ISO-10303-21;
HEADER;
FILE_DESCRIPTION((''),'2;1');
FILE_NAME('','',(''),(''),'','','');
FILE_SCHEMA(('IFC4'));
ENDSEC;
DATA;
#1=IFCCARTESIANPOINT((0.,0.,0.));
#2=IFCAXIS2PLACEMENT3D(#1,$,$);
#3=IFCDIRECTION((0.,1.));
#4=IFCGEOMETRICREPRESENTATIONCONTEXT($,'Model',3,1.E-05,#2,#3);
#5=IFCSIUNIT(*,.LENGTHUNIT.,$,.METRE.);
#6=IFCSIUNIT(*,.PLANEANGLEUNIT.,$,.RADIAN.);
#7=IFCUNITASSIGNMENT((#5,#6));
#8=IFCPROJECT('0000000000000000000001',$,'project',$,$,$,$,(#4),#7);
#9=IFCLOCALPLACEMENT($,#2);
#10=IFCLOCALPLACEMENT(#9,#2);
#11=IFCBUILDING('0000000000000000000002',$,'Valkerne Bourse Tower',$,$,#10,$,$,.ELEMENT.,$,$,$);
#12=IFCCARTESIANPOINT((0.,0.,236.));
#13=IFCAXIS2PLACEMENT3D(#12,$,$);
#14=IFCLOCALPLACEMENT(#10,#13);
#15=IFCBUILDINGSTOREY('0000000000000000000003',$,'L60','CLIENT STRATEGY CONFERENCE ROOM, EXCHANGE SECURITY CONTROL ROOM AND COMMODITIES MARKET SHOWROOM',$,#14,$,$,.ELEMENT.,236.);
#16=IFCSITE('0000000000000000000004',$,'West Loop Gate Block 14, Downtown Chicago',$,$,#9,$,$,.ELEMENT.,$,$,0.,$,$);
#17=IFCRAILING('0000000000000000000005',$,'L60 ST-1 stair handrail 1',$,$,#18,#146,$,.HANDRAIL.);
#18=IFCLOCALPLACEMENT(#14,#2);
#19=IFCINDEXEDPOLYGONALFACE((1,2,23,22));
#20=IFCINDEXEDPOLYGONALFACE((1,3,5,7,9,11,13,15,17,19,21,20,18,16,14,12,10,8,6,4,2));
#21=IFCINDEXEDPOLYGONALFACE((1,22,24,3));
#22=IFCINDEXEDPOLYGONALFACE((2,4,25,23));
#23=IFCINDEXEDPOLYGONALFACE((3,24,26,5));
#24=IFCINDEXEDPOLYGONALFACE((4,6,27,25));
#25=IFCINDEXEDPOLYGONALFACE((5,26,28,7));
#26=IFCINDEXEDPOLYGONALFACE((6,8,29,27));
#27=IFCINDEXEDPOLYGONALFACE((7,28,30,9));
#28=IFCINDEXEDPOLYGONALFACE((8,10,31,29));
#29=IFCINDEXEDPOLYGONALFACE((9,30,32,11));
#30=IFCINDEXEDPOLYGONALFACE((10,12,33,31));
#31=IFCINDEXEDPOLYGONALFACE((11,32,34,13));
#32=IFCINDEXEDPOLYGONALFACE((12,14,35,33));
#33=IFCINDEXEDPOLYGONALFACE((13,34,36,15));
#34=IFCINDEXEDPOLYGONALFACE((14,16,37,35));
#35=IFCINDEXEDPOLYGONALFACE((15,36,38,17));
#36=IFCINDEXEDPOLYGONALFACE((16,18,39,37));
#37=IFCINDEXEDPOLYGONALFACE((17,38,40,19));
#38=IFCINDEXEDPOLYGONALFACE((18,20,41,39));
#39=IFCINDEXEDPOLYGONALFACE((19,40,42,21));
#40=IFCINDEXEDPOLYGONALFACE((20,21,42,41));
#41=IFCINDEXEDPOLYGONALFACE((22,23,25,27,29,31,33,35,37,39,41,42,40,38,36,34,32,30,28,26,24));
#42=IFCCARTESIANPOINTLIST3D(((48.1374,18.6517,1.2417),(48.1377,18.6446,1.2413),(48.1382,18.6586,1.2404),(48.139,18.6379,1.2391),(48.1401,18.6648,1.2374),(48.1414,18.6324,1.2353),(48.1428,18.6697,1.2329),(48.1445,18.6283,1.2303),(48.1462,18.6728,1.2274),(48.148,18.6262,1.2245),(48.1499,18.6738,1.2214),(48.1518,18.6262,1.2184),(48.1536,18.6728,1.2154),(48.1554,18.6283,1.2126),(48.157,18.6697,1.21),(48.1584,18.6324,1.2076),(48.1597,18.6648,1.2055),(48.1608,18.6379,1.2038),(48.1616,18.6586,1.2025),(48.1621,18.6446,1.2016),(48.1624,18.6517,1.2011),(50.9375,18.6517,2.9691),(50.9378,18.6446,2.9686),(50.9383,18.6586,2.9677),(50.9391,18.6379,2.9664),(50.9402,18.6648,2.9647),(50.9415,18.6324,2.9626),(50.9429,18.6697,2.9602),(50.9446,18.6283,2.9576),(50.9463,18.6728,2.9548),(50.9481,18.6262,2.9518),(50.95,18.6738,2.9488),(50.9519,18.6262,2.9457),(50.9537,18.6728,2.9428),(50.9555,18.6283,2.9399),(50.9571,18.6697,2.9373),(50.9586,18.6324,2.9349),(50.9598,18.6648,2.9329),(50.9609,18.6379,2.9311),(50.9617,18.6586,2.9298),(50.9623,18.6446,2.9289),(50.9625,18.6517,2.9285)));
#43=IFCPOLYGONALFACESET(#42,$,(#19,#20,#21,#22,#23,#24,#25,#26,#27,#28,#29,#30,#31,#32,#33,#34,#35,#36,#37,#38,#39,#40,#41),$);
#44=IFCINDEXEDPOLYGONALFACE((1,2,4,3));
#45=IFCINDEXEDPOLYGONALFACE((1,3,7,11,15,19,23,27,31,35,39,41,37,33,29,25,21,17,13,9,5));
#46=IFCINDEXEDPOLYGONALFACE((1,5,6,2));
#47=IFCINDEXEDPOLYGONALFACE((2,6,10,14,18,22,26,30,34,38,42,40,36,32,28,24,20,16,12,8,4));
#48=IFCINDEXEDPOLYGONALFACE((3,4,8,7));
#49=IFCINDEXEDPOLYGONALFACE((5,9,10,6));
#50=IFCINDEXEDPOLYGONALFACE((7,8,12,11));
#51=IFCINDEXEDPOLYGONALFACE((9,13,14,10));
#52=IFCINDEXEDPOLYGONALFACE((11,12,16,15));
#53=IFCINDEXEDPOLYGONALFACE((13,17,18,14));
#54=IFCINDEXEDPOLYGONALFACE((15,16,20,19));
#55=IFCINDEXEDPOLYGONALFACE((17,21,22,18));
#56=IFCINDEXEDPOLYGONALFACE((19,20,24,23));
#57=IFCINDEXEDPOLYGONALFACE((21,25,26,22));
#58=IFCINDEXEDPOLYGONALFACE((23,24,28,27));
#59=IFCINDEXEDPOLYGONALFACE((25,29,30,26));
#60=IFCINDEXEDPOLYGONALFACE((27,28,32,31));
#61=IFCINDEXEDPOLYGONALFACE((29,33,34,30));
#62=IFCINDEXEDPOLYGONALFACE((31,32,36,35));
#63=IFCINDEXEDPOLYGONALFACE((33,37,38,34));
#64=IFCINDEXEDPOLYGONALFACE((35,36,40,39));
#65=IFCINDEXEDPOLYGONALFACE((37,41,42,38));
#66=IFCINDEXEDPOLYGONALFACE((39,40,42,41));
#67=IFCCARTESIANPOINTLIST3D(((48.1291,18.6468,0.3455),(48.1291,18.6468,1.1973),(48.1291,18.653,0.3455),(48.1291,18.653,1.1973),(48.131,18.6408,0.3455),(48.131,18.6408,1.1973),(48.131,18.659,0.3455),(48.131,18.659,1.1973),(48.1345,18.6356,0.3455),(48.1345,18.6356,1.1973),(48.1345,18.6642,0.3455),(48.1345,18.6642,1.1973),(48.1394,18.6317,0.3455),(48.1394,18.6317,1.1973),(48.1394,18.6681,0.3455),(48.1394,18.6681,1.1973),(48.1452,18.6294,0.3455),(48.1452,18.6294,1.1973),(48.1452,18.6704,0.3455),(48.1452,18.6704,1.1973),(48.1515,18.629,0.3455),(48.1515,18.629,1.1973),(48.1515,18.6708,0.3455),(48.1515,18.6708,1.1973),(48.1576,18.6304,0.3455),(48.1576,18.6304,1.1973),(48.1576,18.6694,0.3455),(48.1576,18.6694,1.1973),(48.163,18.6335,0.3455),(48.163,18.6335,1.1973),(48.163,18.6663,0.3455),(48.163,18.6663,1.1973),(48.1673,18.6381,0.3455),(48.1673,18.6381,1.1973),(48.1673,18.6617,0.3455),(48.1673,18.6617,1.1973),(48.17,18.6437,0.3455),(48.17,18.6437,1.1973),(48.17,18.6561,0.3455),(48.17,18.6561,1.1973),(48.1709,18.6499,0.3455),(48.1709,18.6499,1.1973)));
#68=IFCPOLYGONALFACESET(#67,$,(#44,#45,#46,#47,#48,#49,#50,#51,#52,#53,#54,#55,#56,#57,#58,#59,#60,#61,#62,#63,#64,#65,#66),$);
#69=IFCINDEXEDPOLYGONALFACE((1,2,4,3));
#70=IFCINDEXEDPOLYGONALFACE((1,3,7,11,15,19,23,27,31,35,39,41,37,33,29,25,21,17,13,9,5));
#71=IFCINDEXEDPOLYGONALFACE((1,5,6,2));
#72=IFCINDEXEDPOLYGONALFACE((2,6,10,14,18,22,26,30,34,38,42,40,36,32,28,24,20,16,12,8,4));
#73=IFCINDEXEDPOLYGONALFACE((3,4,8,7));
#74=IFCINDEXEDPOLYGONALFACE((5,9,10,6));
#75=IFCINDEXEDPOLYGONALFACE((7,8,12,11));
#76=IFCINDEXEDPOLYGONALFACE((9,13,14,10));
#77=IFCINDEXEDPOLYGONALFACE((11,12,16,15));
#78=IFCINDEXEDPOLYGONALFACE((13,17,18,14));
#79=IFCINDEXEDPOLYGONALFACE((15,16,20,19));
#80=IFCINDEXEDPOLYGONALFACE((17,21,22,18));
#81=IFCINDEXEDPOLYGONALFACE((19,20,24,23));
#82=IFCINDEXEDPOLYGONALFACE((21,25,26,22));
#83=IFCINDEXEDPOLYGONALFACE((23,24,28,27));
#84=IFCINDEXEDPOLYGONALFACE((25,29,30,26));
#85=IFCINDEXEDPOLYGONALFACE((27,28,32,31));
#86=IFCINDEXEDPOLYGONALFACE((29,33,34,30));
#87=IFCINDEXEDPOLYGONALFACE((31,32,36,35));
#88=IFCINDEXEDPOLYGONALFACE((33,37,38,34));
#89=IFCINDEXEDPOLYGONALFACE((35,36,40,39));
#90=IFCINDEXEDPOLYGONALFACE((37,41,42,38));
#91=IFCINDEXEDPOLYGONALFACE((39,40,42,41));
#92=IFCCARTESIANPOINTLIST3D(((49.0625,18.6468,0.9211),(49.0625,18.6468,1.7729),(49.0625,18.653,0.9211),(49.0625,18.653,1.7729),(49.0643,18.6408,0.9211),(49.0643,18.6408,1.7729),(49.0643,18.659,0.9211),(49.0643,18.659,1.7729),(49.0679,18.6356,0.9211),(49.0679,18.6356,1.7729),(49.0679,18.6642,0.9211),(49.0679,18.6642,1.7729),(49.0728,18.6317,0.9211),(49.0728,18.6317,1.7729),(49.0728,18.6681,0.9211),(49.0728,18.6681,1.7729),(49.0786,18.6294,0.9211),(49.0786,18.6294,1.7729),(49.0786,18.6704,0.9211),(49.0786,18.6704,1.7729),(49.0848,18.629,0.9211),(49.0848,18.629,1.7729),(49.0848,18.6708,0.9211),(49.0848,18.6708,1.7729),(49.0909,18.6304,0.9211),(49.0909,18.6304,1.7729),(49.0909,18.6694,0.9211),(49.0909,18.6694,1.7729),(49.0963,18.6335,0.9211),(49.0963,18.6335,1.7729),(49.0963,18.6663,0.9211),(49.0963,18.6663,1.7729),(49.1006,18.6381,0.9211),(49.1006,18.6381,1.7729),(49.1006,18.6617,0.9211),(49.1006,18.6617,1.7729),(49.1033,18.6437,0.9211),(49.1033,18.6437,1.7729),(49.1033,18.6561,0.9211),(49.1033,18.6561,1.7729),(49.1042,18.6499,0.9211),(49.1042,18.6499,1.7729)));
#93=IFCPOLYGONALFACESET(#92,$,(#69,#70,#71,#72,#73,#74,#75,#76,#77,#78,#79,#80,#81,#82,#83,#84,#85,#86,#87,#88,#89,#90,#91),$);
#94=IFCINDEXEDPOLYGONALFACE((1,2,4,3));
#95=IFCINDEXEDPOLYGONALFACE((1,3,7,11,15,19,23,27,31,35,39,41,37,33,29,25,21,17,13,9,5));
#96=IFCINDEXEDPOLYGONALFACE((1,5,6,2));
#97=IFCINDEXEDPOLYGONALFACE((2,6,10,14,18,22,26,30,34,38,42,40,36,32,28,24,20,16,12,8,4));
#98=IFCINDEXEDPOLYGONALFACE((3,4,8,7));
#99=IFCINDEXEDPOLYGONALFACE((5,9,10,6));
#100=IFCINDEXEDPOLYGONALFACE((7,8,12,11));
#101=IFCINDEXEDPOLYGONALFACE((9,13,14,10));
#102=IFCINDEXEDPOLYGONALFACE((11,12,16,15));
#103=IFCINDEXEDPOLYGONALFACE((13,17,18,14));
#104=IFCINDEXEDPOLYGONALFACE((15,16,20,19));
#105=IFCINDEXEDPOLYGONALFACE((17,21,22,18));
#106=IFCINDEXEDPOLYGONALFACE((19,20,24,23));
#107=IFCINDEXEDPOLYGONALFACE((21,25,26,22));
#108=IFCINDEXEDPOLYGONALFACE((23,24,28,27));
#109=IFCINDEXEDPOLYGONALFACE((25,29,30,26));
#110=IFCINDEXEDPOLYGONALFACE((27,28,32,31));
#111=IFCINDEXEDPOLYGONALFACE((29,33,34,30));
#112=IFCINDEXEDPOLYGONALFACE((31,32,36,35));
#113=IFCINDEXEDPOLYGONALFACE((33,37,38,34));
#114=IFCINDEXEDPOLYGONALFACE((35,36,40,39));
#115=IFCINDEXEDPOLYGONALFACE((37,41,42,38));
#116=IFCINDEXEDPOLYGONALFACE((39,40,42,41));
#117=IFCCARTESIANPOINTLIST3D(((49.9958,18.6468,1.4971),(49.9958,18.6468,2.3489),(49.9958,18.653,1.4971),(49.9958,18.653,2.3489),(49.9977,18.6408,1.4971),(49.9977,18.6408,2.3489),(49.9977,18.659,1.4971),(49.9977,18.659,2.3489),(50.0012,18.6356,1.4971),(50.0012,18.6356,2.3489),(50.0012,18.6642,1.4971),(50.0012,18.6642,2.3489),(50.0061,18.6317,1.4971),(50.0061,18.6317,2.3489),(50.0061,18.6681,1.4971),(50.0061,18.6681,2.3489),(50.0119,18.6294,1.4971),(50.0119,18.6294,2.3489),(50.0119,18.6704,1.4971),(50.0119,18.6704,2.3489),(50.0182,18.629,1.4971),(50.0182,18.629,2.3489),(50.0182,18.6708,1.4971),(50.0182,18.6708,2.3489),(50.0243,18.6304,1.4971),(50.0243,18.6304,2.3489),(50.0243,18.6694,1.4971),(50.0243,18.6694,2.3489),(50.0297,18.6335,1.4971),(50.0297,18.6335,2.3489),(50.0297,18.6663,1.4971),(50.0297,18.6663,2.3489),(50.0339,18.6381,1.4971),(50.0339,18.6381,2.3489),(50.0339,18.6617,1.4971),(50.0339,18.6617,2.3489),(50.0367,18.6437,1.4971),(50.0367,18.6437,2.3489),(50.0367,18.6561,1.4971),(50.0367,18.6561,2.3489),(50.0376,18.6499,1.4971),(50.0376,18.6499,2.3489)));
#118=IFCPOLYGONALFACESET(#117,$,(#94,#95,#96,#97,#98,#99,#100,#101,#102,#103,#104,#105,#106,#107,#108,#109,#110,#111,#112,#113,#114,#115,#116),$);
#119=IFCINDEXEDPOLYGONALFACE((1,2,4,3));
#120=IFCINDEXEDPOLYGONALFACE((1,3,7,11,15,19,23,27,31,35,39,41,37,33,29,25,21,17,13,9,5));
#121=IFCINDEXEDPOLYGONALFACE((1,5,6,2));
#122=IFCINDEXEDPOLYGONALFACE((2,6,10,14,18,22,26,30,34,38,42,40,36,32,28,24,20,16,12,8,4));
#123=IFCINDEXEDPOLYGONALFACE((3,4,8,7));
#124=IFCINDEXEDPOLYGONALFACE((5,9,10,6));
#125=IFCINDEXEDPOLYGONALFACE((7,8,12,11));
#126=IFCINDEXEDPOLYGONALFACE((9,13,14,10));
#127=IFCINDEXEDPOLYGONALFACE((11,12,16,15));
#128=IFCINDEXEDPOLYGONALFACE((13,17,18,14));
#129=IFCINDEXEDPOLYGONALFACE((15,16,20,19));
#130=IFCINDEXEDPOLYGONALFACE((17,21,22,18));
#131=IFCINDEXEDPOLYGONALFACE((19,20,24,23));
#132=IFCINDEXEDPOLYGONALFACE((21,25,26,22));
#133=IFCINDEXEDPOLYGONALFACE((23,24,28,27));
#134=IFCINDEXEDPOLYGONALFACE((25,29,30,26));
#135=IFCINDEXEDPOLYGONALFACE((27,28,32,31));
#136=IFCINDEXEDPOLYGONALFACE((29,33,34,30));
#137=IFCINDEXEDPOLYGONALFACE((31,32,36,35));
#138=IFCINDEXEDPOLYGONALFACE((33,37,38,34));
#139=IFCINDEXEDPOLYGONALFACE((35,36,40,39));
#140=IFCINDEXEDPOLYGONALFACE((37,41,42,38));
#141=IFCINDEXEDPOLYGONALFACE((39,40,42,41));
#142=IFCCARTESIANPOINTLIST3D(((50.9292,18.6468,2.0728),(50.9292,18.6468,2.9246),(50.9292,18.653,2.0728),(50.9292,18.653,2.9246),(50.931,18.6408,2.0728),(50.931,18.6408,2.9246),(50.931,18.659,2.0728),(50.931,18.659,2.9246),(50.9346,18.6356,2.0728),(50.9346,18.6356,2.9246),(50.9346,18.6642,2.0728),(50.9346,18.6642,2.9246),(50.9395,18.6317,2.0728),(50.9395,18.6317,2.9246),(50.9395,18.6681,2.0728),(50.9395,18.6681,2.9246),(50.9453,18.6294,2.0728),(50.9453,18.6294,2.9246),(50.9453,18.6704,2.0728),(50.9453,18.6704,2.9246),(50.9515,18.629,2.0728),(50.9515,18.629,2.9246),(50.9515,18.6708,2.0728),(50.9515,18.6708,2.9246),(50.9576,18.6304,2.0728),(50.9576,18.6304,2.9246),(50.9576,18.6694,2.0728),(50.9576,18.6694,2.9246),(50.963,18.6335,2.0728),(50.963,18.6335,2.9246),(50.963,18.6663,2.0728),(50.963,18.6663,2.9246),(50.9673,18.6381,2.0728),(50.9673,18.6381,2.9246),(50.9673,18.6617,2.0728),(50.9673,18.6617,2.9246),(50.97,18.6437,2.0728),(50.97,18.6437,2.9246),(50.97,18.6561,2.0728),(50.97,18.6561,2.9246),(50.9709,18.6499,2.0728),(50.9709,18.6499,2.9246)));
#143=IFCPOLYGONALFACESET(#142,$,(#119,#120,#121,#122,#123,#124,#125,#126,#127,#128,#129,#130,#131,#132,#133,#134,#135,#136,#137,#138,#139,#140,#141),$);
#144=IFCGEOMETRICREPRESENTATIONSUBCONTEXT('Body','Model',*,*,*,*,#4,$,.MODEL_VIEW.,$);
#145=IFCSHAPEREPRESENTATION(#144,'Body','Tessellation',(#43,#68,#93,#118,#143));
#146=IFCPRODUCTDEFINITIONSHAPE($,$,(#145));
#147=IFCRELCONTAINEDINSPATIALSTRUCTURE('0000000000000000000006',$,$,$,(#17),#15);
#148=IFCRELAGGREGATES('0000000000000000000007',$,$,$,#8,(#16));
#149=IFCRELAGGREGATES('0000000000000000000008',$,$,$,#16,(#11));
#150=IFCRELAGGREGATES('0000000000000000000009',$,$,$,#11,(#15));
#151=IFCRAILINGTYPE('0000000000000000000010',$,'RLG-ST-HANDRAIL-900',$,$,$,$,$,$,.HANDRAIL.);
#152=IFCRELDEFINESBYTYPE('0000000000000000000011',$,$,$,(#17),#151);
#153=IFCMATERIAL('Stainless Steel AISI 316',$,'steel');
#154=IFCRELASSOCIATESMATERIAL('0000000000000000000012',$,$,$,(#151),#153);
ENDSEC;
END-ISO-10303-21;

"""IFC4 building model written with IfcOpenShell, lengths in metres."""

from ifc_helpers import new_model, si_unit, direction, frame, origin, origin_2d, place, context, subcontext, project, spatial, circle, extrude, material, type_object, element, save


model = new_model("IFC4")

# Units and contexts
model_context = context("Model", 3, precision=1e-05, world=origin(), true_north=direction((0.0, 1.0)))
body_context = subcontext(model_context, "Body", "Model", "MODEL_VIEW")
ifc_project = project(units=[si_unit("LENGTHUNIT", "METRE"), si_unit("PLANEANGLEUNIT", "RADIAN")], contexts=[model_context])

# Site, building, storey
site_placement = place(None, origin())
site = spatial("IfcSite", under=ifc_project, at=site_placement, Name="West Loop Gate Block 14, Downtown Chicago", CompositionType="ELEMENT", RefElevation=0.0)
building_placement = place(site_placement, origin())
building = spatial("IfcBuilding", under=site, at=building_placement, Name="Valkerne Bourse Tower", CompositionType="ELEMENT")
storey_placement = place(building_placement, frame((0.0, 0.0, 236.0)))
storey = spatial("IfcBuildingStorey", under=building, at=storey_placement, Name="L60", Description="CLIENT STRATEGY CONFERENCE ROOM, EXCHANGE SECURITY CONTROL ROOM AND COMMODITIES MARKET SHOWROOM", CompositionType="ELEMENT", Elevation=236.0)

# Shared definitions
ifc_material_1 = material(Name="Stainless Steel AISI 316", Category="steel")

# Railing
railing_type_1 = type_object("IfcRailingType", Name="RLG-ST-HANDRAIL-900", PredefinedType="HANDRAIL", material=ifc_material_1)
railing_1_placement = place(storey_placement, frame((48.1499, 18.6499, 0.3455)))
element("IfcRailing", 1, at=railing_1_placement, inside=storey, type_object=railing_type_1, Name="L60 ST-1 stair handrail 1", PredefinedType="HANDRAIL", context=body_context, shape_type="SweptSolid", body=[
    extrude(circle(Radius=0.0239, at=origin_2d()), frame((0.0, 0.0, 0.876), z_axis=(0.85109, 0.0, 0.52502), x_axis=(0.0, 1.0, 0.0)), (0.0, 0.0, 1.0), 3.29),
    extrude(circle(Radius=0.021, at=origin_2d()), origin(), (0.0, 0.0, 1.0), 0.8518),
    extrude(circle(Radius=0.021, at=origin_2d()), frame((0.9333, 0.0, 0.5757)), (0.0, 0.0, 1.0), 0.8518),
    extrude(circle(Radius=0.021, at=origin_2d()), frame((1.8667, 0.0, 1.1516)), (0.0, 0.0, 1.0), 0.8518),
    extrude(circle(Radius=0.021, at=origin_2d()), frame((2.8, 0.0, 1.7273)), (0.0, 0.0, 1.0), 0.8518),
])

save(model, "model.ifc")
